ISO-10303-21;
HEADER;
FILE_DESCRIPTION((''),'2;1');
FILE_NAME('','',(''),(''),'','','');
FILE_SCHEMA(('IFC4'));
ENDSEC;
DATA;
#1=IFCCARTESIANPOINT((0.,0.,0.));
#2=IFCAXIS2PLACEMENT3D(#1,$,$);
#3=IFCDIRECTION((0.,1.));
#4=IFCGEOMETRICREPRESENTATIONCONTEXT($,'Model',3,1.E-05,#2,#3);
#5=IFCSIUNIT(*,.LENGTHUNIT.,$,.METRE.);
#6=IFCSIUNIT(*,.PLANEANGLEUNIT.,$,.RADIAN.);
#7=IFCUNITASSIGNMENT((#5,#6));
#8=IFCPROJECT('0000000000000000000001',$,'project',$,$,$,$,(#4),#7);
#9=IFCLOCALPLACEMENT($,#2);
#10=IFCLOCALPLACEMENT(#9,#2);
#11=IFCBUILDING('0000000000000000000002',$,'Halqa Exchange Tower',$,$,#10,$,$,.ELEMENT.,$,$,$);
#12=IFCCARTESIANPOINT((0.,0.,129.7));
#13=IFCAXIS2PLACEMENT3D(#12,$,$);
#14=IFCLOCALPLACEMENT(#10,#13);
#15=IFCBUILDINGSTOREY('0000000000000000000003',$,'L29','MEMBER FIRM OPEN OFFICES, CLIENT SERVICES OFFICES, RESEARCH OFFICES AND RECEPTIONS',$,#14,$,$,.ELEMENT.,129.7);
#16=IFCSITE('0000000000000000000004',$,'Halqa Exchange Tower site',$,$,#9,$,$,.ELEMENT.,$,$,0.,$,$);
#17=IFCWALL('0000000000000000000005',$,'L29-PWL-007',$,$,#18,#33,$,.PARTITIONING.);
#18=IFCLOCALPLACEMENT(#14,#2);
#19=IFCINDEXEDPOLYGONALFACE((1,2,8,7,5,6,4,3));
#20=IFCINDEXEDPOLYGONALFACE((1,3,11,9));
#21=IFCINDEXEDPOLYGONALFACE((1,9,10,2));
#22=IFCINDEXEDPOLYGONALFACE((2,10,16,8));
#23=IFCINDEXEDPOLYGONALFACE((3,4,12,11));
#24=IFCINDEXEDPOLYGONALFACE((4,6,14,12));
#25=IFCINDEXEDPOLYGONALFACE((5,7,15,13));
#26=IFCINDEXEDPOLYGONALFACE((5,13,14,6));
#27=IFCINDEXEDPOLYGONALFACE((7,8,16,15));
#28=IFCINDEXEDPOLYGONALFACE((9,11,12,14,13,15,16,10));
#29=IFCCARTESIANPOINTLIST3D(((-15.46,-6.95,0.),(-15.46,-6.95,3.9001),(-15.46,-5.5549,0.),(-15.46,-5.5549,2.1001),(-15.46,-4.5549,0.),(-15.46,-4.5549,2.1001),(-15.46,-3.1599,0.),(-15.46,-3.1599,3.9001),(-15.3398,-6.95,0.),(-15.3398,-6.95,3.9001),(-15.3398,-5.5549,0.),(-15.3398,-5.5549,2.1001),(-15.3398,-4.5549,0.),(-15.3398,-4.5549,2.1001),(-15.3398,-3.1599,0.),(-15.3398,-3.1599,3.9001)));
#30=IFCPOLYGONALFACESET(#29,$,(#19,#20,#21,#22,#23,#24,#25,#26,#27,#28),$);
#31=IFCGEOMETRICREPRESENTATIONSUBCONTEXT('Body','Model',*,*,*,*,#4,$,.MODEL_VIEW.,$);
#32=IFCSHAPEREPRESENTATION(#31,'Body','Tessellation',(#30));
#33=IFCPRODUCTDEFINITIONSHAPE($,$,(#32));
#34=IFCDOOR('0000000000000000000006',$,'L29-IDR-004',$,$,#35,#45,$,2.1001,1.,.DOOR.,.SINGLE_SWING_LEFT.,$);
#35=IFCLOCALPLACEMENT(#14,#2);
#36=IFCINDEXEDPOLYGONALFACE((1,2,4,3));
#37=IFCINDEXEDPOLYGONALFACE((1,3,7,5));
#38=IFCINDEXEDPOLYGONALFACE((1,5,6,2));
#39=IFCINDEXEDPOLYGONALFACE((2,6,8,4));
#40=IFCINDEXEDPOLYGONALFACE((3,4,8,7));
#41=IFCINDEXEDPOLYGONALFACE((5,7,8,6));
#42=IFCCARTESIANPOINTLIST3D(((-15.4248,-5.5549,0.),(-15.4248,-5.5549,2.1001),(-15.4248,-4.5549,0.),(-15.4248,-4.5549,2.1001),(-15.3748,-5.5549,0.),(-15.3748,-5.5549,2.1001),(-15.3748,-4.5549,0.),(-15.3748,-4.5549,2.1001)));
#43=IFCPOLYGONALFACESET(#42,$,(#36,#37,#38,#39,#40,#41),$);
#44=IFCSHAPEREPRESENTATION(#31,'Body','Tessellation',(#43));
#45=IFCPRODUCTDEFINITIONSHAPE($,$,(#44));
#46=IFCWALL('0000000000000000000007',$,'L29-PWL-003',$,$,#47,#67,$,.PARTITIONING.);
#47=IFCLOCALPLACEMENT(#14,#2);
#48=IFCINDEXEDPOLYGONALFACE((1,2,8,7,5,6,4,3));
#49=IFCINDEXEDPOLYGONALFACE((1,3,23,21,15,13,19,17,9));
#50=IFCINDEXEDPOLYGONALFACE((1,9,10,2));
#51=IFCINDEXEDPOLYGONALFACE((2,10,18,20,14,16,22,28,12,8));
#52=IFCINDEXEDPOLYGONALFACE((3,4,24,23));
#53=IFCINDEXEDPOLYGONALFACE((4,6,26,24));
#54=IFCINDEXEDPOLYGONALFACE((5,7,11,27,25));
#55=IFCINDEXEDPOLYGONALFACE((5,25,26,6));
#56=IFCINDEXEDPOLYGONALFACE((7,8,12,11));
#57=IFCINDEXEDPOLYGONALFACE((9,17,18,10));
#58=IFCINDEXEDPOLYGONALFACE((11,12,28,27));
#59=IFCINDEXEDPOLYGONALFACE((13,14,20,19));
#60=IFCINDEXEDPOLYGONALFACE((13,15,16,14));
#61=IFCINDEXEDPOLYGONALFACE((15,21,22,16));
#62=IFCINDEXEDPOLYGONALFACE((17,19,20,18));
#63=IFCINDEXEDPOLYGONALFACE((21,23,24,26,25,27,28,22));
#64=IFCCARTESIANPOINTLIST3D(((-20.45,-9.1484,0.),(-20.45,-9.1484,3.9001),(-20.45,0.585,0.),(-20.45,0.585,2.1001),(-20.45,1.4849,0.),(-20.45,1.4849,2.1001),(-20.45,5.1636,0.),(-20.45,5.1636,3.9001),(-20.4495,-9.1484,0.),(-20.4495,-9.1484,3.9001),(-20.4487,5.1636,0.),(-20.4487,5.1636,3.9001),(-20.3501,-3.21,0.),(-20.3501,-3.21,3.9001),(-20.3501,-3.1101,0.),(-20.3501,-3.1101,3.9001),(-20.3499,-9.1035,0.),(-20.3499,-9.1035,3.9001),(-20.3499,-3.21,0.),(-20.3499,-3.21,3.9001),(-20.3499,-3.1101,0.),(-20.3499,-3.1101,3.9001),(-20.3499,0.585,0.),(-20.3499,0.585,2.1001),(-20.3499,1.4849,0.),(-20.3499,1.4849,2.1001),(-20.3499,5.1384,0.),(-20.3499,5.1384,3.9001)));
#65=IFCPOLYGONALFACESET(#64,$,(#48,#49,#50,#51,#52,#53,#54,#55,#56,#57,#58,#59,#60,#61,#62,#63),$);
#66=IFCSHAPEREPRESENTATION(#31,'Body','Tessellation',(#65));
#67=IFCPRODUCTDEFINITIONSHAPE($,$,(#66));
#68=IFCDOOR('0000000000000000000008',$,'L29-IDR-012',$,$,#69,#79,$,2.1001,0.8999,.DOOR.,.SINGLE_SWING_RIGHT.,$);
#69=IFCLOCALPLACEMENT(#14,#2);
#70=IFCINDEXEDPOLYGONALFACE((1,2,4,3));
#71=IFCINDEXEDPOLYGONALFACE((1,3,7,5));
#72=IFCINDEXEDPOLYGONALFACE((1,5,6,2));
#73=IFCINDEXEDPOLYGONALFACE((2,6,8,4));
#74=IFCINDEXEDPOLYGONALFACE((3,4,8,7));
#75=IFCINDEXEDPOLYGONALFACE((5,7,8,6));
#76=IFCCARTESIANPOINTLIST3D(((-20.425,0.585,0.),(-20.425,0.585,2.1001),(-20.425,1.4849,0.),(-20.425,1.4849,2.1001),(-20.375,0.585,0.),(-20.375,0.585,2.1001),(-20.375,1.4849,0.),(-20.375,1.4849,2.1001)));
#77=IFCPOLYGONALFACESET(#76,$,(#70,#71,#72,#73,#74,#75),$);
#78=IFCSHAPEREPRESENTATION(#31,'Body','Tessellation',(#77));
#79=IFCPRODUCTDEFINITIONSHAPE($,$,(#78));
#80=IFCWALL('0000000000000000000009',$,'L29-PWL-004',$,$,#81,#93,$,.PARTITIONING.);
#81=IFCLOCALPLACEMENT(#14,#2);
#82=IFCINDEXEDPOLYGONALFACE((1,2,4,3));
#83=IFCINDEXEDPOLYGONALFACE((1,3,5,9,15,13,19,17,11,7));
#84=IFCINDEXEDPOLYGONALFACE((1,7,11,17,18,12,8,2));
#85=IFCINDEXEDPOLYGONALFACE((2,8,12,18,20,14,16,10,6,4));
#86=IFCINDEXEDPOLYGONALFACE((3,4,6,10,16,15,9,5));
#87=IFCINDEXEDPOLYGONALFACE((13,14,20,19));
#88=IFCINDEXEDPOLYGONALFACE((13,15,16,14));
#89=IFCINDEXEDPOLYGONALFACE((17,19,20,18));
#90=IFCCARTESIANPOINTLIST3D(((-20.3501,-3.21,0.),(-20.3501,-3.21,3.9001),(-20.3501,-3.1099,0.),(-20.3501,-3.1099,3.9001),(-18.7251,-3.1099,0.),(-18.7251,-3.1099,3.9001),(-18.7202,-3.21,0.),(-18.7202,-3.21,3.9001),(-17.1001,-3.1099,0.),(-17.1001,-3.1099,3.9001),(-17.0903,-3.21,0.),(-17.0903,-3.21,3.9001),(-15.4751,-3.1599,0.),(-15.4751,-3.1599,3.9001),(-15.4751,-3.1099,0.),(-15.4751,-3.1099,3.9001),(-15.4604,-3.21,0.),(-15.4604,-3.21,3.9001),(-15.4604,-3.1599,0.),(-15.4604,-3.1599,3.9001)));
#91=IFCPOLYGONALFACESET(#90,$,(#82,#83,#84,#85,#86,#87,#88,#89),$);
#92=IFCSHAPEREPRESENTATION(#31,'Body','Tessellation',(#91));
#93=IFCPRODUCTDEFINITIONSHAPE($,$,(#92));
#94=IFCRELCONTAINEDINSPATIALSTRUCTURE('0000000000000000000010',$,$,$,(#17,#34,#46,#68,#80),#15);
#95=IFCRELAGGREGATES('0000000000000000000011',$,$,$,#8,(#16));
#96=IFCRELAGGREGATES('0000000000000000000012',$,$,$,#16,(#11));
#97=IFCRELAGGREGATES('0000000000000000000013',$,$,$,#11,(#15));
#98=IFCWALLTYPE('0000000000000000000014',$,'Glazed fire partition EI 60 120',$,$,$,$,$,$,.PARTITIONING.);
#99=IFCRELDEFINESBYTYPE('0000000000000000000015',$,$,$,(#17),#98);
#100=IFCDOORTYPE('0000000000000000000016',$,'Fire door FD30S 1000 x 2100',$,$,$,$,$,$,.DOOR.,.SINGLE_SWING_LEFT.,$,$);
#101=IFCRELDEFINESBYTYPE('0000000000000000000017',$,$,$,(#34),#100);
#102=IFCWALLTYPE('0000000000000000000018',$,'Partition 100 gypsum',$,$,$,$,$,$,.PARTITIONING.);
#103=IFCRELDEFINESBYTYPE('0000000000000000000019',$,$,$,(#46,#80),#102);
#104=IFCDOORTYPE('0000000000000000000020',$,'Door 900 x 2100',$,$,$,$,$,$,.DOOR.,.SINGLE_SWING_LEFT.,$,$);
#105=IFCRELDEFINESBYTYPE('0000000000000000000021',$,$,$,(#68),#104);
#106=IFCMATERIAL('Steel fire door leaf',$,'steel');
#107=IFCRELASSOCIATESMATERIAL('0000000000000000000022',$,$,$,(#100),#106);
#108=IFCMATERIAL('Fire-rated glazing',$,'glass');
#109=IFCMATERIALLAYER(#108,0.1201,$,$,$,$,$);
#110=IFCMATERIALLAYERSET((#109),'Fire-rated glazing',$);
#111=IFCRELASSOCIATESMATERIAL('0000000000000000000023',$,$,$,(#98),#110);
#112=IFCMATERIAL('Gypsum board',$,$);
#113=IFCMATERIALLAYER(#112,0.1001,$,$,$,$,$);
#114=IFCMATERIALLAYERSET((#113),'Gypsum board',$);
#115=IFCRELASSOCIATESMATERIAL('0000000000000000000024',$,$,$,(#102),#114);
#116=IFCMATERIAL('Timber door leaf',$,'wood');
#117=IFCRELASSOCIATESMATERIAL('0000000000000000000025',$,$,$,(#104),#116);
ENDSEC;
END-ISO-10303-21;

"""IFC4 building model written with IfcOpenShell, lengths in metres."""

from ifc_helpers import new_model, si_unit, direction, frame, frame_2d, origin, place, context, subcontext, project, spatial, polyline, rectangle, outline, extrude, material, layer, layer_set, type_object, element, fill, save


model = new_model("IFC4")

# Units and contexts
model_context = context("Model", 3, precision=1e-05, world=origin(), true_north=direction((0.0, 1.0)))
body_context = subcontext(model_context, "Body", "Model", "MODEL_VIEW")
ifc_project = project(units=[si_unit("LENGTHUNIT", "METRE"), si_unit("PLANEANGLEUNIT", "RADIAN")], contexts=[model_context])

# Site, building, storey
site_placement = place(None, origin())
site = spatial("IfcSite", under=ifc_project, at=site_placement, Name="Halqa Exchange Tower site", CompositionType="ELEMENT", RefElevation=0.0)
building_placement = place(site_placement, origin())
building = spatial("IfcBuilding", under=site, at=building_placement, Name="Halqa Exchange Tower", CompositionType="ELEMENT")
storey_placement = place(building_placement, frame((0.0, 0.0, 129.7)))
storey = spatial("IfcBuildingStorey", under=building, at=storey_placement, Name="L29", Description="MEMBER FIRM OPEN OFFICES, CLIENT SERVICES OFFICES, RESEARCH OFFICES AND RECEPTIONS", CompositionType="ELEMENT", Elevation=129.7)

# Shared definitions
ifc_material_1 = material(Name="Steel fire door leaf", Category="steel")
door_type_1 = type_object("IfcDoorType", Name="Fire door FD30S 1000 x 2100", OperationType="SINGLE_SWING_LEFT", PredefinedType="DOOR", material=ifc_material_1)

# Walls, openings, doors
ifc_material_2 = material(Name="Fire-rated glazing", Category="glass")
ifc_layer_1 = layer(ifc_material_2, 0.1201)
ifc_layer_set_1 = layer_set([ifc_layer_1], Name="Fire-rated glazing")
wall_type_1 = type_object("IfcWallType", Name="Glazed fire partition EI 60 120", PredefinedType="PARTITIONING", material=ifc_layer_set_1)
wall_1_placement = place(storey_placement, frame((-15.3999, -6.95, 0.0), z_axis=(0.0, 0.0, 1.0), x_axis=(0.0, 1.0, 0.0)))
wall_1 = element("IfcWall", 1, at=wall_1_placement, inside=storey, type_object=wall_type_1, Name="L29-PWL-007", PredefinedType="PARTITIONING", context=body_context, shape_type="SweptSolid", body=[
    extrude(rectangle(XDim=3.79, YDim=0.1201, at=frame_2d((1.895, 0.0))), origin(), (0.0, 0.0, 1.0), 3.9001),
])
opening_1_placement = place(wall_1_placement, frame((1.395, 0.0, 0.0)))
opening_1 = element("IfcOpeningElement", 2, at=opening_1_placement, cuts=wall_1, PredefinedType="OPENING", context=body_context, shape_type="SweptSolid", body=[
    extrude(rectangle(XDim=1.0, YDim=2.1001, at=frame_2d((0.5, 1.05))), frame((0.0, 0.072, 0.0), z_axis=(0.0, -1.0, 0.0), x_axis=(1.0, 0.0, 0.0)), (0.0, 0.0, 1.0), 0.144),
])
door_1_placement = place(opening_1_placement, origin())
door_1 = element("IfcDoor", 3, at=door_1_placement, inside=storey, type_object=door_type_1, Name="L29-IDR-004", OperationType="SINGLE_SWING_LEFT", OverallHeight=2.1001, OverallWidth=1.0, PredefinedType="DOOR", context=body_context, shape_type="SweptSolid", body=[
    extrude(rectangle(XDim=1.0, YDim=2.1001, at=frame_2d((0.5, 1.05))), frame((0.0, 0.0249, 0.0), z_axis=(0.0, -1.0, 0.0), x_axis=(1.0, 0.0, 0.0)), (0.0, 0.0, 1.0), 0.05),
])
fill(opening_1, door_1)
ifc_material_3 = material(Name="Gypsum board")
ifc_layer_2 = layer(ifc_material_3, 0.1001)
ifc_layer_set_2 = layer_set([ifc_layer_2], Name="Gypsum board")
wall_type_2 = type_object("IfcWallType", Name="Partition 100 gypsum", PredefinedType="PARTITIONING", material=ifc_layer_set_2)
wall_2_placement = place(storey_placement, frame((-20.3999, -9.1484, 0.0), z_axis=(0.0, 0.0, 1.0), x_axis=(0.0, 1.0, 0.0)))
wall_2 = element("IfcWall", 4, at=wall_2_placement, inside=storey, type_object=wall_type_2, Name="L29-PWL-003", PredefinedType="PARTITIONING", context=body_context, shape_type="SweptSolid", body=[
    extrude(outline(polyline([(0.0449, -0.05), (2.0095, -0.05), (3.9739, -0.05), (5.9385, -0.05), (5.9385, -0.0498), (6.0383, -0.0498), (6.0383, -0.05), (7.688, -0.05), (9.3379, -0.05), (10.9875, -0.05), (12.6372, -0.05), (14.2869, -0.05), (14.312, 0.0488), (14.312, 0.05), (12.5229, 0.05), (10.7339, 0.05), (8.9451, 0.05), (7.156, 0.05), (5.3669, 0.05), (3.5781, 0.05), (1.7891, 0.05), (0.0, 0.05), (0.0, 0.0496), (0.0449, -0.05)])), origin(), (0.0, 0.0, 1.0), 3.9001),
])
opening_2_placement = place(wall_2_placement, frame((9.7334, 0.0, 0.0)))
opening_2 = element("IfcOpeningElement", 5, at=opening_2_placement, cuts=wall_2, PredefinedType="OPENING", context=body_context, shape_type="SweptSolid", body=[
    extrude(rectangle(XDim=0.8999, YDim=2.1001, at=frame_2d((0.45, 1.05))), frame((0.0, 0.062, 0.0), z_axis=(0.0, -1.0, 0.0), x_axis=(1.0, 0.0, 0.0)), (0.0, 0.0, 1.0), 0.124),
])
ifc_material_4 = material(Name="Timber door leaf", Category="wood")
door_type_2 = type_object("IfcDoorType", Name="Door 900 x 2100", OperationType="SINGLE_SWING_LEFT", PredefinedType="DOOR", material=ifc_material_4)
door_2_placement = place(opening_2_placement, frame((0.8999, 0.0, 0.0), z_axis=(0.0, 0.0, 1.0), x_axis=(-1.0, 0.0, 0.0)))
door_2 = element("IfcDoor", 6, at=door_2_placement, inside=storey, type_object=door_type_2, Name="L29-IDR-012", OperationType="SINGLE_SWING_RIGHT", OverallHeight=2.1001, OverallWidth=0.8999, PredefinedType="DOOR", context=body_context, shape_type="SweptSolid", body=[
    extrude(rectangle(XDim=0.8999, YDim=2.1001, at=frame_2d((0.45, 1.05))), frame((0.0, 0.0249, 0.0), z_axis=(0.0, -1.0, 0.0), x_axis=(1.0, 0.0, 0.0)), (0.0, 0.0, 1.0), 0.05),
])
fill(opening_2, door_2)

# Wall
wall_3_placement = place(storey_placement, frame((-20.3501, -3.1599, 0.0), z_axis=(0.0, 0.0, 1.0), x_axis=(1.0, 0.0, 0.0)))
element("IfcWall", 7, at=wall_3_placement, inside=storey, type_object=wall_type_2, Name="L29-PWL-004", PredefinedType="PARTITIONING", context=body_context, shape_type="SweptSolid", body=[
    extrude(outline(polyline([(4.8896, -0.05), (4.8896, 0.0), (4.875, 0.0), (4.875, 0.05), (3.25, 0.05), (1.625, 0.05), (0.0, 0.05), (0.0, -0.05), (1.6299, -0.05), (3.2598, -0.05), (4.8896, -0.05)])), origin(), (0.0, 0.0, 1.0), 3.9001),
])

save(model, "model.ifc")
